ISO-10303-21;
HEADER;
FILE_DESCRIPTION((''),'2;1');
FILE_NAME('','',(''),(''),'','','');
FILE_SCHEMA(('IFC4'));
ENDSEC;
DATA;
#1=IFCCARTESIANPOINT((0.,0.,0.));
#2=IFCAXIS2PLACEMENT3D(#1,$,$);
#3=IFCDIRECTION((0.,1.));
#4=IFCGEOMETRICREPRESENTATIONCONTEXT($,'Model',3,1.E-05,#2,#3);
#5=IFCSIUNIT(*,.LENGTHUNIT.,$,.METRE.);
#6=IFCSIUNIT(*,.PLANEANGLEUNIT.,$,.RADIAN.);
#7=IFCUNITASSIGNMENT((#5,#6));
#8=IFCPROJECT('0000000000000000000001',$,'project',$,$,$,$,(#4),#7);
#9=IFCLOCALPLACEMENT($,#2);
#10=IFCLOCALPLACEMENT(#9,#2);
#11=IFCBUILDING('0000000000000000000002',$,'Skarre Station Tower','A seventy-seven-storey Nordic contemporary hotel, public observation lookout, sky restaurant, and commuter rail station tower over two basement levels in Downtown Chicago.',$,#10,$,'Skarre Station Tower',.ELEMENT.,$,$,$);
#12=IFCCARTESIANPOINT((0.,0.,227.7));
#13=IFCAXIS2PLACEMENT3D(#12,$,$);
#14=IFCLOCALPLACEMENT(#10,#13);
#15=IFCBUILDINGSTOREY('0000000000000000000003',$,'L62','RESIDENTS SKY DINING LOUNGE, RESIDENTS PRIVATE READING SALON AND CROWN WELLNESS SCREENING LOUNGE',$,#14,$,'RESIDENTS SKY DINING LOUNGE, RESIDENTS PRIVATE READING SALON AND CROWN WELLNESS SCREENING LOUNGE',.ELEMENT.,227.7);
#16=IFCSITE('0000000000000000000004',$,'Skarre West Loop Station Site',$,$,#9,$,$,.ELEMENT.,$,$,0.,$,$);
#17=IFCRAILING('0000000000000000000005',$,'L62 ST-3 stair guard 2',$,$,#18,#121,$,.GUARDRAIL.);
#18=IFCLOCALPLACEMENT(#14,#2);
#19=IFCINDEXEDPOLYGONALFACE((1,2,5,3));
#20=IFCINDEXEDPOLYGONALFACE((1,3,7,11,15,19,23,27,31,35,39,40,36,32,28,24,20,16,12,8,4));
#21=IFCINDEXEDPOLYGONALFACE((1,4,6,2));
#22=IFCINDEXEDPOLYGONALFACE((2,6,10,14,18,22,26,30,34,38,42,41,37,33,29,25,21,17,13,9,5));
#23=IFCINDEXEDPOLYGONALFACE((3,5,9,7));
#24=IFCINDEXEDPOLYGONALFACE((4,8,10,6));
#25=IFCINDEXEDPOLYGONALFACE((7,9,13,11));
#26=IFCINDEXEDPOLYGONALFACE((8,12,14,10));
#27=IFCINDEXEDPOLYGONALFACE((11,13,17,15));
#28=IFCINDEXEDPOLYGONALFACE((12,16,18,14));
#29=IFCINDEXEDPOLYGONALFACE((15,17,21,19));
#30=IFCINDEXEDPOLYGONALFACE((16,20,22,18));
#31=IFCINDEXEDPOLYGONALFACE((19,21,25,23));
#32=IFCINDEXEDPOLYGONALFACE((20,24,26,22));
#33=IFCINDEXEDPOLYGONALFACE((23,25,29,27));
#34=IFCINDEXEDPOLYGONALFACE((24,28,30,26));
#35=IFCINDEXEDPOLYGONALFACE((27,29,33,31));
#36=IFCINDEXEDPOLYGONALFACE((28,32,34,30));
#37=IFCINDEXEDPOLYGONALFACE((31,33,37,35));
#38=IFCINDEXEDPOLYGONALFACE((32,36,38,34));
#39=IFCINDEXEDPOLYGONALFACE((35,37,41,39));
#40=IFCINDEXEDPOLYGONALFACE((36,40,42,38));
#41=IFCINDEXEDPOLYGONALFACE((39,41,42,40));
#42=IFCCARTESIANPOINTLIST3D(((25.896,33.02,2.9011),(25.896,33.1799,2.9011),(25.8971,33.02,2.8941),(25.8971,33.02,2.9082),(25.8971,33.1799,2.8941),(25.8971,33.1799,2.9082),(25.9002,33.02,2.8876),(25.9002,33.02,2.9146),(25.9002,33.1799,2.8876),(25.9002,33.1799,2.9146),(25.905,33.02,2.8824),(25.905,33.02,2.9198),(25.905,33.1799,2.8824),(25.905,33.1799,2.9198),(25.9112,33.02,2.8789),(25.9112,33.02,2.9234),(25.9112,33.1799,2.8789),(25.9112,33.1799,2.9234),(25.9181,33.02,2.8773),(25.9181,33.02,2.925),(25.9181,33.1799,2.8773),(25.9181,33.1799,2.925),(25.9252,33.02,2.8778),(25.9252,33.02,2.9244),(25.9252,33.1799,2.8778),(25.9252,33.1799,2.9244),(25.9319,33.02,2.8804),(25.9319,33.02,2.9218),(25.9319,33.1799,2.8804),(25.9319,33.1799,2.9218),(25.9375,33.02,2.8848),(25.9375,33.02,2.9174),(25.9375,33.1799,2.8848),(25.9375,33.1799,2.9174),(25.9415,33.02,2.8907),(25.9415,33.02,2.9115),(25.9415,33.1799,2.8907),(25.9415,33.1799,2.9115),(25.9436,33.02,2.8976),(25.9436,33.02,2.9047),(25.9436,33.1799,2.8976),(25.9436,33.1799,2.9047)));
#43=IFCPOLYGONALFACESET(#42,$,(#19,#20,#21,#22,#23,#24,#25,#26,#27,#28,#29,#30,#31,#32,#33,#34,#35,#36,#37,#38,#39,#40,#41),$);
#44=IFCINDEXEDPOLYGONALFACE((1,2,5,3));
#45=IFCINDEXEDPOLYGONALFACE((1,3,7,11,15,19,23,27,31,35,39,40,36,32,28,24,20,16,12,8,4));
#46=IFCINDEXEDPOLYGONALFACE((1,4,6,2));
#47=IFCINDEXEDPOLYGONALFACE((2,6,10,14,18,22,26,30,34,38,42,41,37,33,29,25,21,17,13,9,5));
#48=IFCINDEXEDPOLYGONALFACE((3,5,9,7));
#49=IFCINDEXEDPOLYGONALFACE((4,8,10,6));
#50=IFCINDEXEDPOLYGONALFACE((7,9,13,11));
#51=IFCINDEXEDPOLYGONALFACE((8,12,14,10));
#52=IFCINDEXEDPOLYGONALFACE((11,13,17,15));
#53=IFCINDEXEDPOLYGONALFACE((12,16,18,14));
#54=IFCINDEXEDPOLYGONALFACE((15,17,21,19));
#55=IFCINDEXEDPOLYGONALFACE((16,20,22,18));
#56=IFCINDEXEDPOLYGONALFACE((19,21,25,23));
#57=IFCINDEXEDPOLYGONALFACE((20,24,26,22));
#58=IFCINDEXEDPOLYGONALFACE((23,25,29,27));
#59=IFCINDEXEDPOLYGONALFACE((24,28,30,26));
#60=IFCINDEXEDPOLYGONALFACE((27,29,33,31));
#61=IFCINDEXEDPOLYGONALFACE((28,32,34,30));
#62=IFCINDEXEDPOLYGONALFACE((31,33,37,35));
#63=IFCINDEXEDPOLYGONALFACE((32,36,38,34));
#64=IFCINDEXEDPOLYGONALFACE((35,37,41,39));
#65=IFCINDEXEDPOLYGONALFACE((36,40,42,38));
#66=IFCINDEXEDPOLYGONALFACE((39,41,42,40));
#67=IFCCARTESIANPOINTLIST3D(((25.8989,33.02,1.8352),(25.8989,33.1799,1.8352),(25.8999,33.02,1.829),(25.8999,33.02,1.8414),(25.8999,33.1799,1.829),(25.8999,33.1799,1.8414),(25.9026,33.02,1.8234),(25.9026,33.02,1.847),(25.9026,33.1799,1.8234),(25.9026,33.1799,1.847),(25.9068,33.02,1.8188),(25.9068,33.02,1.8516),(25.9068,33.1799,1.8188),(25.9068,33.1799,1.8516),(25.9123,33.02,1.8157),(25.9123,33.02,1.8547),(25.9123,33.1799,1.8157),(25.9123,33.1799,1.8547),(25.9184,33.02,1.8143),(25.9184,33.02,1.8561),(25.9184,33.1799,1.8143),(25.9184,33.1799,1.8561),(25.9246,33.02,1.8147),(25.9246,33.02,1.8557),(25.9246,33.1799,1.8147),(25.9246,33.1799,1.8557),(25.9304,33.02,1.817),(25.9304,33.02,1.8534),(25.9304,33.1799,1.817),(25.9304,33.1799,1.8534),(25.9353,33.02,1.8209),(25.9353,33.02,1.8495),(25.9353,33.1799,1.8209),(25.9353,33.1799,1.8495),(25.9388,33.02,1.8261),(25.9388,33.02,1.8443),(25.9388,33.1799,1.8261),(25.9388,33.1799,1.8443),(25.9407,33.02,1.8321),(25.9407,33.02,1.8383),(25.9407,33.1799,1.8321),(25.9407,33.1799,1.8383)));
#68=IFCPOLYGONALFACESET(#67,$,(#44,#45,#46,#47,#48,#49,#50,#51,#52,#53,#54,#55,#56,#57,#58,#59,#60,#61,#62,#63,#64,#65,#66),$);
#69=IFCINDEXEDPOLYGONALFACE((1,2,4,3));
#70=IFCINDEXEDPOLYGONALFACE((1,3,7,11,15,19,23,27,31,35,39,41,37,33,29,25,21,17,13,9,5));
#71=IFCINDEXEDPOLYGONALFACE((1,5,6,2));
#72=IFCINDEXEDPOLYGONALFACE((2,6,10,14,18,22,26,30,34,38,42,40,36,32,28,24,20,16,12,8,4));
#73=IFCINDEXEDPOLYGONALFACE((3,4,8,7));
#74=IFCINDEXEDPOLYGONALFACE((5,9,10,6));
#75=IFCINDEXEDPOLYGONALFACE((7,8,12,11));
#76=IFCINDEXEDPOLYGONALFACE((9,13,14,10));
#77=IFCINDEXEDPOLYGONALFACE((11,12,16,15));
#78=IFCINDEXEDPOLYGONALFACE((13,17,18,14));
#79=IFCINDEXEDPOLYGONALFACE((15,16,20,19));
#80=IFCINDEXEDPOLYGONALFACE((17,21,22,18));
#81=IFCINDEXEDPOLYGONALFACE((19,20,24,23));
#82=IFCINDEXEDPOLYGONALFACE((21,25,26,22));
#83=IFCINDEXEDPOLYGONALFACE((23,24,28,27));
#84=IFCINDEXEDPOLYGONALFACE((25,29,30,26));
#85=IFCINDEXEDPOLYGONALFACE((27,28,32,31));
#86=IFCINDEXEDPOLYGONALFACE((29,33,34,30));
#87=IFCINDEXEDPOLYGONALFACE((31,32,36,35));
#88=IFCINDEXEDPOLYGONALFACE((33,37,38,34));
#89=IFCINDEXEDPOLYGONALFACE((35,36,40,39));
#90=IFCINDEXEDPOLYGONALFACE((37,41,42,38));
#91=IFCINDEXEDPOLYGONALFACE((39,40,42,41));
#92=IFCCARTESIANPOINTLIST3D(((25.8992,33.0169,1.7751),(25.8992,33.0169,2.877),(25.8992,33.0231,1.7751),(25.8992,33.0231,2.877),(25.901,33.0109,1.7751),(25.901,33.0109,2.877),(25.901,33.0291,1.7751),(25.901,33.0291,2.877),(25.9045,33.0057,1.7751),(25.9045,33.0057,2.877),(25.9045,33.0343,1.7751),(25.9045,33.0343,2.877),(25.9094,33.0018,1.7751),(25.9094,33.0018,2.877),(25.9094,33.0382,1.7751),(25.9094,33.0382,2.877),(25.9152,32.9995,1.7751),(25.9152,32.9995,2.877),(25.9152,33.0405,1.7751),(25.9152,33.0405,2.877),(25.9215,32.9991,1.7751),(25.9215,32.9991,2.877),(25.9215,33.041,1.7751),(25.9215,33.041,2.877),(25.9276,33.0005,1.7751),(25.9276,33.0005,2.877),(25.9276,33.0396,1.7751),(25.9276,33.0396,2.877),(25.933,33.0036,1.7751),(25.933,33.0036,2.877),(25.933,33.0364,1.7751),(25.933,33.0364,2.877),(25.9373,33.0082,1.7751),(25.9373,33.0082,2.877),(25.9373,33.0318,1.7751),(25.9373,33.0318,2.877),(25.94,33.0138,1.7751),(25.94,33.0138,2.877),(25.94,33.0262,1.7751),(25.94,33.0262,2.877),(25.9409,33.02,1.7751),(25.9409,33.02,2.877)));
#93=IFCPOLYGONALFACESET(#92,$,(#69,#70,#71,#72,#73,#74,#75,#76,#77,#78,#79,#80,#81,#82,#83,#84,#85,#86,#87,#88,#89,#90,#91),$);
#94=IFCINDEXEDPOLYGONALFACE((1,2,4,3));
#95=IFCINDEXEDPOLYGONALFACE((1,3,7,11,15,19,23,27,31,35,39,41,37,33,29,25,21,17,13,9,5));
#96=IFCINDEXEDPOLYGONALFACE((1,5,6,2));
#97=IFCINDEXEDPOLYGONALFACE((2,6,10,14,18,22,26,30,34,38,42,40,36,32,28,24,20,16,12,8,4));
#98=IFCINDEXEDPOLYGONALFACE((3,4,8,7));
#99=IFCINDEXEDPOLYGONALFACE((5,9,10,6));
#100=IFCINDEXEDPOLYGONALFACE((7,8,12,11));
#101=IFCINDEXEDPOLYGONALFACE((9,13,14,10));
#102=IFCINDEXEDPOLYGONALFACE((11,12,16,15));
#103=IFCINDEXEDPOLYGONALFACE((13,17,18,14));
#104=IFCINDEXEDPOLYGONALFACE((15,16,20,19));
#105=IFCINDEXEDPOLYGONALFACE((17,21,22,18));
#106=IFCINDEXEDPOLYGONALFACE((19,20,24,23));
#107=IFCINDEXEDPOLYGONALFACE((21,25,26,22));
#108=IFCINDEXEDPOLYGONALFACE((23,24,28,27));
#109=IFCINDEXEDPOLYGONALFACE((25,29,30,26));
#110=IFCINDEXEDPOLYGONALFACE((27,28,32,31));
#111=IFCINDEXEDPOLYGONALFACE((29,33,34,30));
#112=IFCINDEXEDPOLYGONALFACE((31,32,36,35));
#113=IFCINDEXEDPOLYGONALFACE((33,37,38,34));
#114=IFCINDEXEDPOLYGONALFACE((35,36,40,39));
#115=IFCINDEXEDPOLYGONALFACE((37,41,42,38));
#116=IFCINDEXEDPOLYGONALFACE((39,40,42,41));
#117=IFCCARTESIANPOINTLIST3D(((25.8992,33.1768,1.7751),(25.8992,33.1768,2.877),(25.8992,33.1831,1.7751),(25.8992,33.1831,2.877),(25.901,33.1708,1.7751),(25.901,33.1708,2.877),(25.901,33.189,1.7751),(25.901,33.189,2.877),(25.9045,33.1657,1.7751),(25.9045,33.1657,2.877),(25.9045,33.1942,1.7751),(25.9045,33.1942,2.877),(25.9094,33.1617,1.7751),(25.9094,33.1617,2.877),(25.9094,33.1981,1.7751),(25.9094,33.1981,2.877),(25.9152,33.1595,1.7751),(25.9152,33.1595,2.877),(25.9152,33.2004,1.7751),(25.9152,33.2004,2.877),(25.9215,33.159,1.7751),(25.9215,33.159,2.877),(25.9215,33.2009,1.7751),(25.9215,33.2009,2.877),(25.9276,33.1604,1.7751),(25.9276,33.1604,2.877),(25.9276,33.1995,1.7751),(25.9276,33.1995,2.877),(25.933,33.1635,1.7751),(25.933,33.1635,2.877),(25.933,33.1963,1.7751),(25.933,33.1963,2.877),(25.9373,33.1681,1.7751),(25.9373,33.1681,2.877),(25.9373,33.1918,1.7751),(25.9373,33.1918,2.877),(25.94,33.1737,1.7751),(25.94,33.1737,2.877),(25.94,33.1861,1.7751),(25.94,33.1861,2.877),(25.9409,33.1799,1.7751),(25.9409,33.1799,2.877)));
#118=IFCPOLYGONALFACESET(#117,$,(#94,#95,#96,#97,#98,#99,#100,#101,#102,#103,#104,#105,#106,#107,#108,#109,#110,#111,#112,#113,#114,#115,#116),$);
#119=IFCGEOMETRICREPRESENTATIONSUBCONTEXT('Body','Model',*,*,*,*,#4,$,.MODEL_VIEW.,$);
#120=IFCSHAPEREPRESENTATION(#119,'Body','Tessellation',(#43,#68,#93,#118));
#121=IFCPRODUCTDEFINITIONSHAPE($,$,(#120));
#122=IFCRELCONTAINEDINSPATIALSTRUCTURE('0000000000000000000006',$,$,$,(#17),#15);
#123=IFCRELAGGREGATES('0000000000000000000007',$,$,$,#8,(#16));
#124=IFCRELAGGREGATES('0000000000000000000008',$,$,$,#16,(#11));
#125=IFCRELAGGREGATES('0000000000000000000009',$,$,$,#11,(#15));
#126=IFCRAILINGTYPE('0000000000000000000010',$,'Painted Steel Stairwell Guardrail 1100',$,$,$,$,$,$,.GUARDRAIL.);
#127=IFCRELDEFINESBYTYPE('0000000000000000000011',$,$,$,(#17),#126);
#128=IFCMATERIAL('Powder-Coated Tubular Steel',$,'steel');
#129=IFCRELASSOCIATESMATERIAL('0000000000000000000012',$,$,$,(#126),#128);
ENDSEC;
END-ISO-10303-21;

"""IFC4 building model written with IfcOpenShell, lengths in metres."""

from ifc_helpers import new_model, si_unit, direction, frame, origin, origin_2d, place, context, subcontext, project, spatial, circle, extrude, material, type_object, element, save


model = new_model("IFC4")

# Units and contexts
model_context = context("Model", 3, precision=1e-05, world=origin(), true_north=direction((0.0, 1.0)))
body_context = subcontext(model_context, "Body", "Model", "MODEL_VIEW")
ifc_project = project(units=[si_unit("LENGTHUNIT", "METRE"), si_unit("PLANEANGLEUNIT", "RADIAN")], contexts=[model_context])

# Site, building, storey
site_placement = place(None, origin())
site = spatial("IfcSite", under=ifc_project, at=site_placement, Name="Skarre West Loop Station Site", CompositionType="ELEMENT", RefElevation=0.0)
building_placement = place(site_placement, origin())
building = spatial("IfcBuilding", under=site, at=building_placement, Name="Skarre Station Tower", Description="A seventy-seven-storey Nordic contemporary hotel, public observation lookout, sky restaurant, and commuter rail station tower over two basement levels in Downtown Chicago.", LongName="Skarre Station Tower", CompositionType="ELEMENT")
storey_placement = place(building_placement, frame((0.0, 0.0, 227.7)))
storey = spatial("IfcBuildingStorey", under=building, at=storey_placement, Name="L62", Description="RESIDENTS SKY DINING LOUNGE, RESIDENTS PRIVATE READING SALON AND CROWN WELLNESS SCREENING LOUNGE", LongName="RESIDENTS SKY DINING LOUNGE, RESIDENTS PRIVATE READING SALON AND CROWN WELLNESS SCREENING LOUNGE", CompositionType="ELEMENT", Elevation=227.7)

# Railing
ifc_material_1 = material(Name="Powder-Coated Tubular Steel", Category="steel")
railing_type_1 = type_object("IfcRailingType", Name="Painted Steel Stairwell Guardrail 1100", PredefinedType="GUARDRAIL", material=ifc_material_1)
railing_1_placement = place(storey_placement, frame((25.9199, 33.02, 1.7751)))
element("IfcRailing", 1, at=railing_1_placement, inside=storey, type_object=railing_type_1, Name="L62 ST-3 stair guard 2", PredefinedType="GUARDRAIL", context=body_context, shape_type="SweptSolid", body=[
    extrude(circle(Radius=0.0239, at=origin_2d()), frame((0.0, 0.0, 1.126), z_axis=(0.0, 1.0, 0.0), x_axis=(-1.0, 0.0, 0.0)), (0.0, 0.0, 1.0), 0.1599),
    extrude(circle(Radius=0.021, at=origin_2d()), frame((0.0, 0.0, 0.0601), z_axis=(0.0, 1.0, 0.0), x_axis=(-1.0, 0.0, 0.0)), (0.0, 0.0, 1.0), 0.1599),
    extrude(circle(Radius=0.021, at=origin_2d()), origin(), (0.0, 0.0, 1.0), 1.1018),
    extrude(circle(Radius=0.021, at=origin_2d()), frame((0.0, 0.1599, 0.0)), (0.0, 0.0, 1.0), 1.1018),
])

save(model, "model.ifc")
